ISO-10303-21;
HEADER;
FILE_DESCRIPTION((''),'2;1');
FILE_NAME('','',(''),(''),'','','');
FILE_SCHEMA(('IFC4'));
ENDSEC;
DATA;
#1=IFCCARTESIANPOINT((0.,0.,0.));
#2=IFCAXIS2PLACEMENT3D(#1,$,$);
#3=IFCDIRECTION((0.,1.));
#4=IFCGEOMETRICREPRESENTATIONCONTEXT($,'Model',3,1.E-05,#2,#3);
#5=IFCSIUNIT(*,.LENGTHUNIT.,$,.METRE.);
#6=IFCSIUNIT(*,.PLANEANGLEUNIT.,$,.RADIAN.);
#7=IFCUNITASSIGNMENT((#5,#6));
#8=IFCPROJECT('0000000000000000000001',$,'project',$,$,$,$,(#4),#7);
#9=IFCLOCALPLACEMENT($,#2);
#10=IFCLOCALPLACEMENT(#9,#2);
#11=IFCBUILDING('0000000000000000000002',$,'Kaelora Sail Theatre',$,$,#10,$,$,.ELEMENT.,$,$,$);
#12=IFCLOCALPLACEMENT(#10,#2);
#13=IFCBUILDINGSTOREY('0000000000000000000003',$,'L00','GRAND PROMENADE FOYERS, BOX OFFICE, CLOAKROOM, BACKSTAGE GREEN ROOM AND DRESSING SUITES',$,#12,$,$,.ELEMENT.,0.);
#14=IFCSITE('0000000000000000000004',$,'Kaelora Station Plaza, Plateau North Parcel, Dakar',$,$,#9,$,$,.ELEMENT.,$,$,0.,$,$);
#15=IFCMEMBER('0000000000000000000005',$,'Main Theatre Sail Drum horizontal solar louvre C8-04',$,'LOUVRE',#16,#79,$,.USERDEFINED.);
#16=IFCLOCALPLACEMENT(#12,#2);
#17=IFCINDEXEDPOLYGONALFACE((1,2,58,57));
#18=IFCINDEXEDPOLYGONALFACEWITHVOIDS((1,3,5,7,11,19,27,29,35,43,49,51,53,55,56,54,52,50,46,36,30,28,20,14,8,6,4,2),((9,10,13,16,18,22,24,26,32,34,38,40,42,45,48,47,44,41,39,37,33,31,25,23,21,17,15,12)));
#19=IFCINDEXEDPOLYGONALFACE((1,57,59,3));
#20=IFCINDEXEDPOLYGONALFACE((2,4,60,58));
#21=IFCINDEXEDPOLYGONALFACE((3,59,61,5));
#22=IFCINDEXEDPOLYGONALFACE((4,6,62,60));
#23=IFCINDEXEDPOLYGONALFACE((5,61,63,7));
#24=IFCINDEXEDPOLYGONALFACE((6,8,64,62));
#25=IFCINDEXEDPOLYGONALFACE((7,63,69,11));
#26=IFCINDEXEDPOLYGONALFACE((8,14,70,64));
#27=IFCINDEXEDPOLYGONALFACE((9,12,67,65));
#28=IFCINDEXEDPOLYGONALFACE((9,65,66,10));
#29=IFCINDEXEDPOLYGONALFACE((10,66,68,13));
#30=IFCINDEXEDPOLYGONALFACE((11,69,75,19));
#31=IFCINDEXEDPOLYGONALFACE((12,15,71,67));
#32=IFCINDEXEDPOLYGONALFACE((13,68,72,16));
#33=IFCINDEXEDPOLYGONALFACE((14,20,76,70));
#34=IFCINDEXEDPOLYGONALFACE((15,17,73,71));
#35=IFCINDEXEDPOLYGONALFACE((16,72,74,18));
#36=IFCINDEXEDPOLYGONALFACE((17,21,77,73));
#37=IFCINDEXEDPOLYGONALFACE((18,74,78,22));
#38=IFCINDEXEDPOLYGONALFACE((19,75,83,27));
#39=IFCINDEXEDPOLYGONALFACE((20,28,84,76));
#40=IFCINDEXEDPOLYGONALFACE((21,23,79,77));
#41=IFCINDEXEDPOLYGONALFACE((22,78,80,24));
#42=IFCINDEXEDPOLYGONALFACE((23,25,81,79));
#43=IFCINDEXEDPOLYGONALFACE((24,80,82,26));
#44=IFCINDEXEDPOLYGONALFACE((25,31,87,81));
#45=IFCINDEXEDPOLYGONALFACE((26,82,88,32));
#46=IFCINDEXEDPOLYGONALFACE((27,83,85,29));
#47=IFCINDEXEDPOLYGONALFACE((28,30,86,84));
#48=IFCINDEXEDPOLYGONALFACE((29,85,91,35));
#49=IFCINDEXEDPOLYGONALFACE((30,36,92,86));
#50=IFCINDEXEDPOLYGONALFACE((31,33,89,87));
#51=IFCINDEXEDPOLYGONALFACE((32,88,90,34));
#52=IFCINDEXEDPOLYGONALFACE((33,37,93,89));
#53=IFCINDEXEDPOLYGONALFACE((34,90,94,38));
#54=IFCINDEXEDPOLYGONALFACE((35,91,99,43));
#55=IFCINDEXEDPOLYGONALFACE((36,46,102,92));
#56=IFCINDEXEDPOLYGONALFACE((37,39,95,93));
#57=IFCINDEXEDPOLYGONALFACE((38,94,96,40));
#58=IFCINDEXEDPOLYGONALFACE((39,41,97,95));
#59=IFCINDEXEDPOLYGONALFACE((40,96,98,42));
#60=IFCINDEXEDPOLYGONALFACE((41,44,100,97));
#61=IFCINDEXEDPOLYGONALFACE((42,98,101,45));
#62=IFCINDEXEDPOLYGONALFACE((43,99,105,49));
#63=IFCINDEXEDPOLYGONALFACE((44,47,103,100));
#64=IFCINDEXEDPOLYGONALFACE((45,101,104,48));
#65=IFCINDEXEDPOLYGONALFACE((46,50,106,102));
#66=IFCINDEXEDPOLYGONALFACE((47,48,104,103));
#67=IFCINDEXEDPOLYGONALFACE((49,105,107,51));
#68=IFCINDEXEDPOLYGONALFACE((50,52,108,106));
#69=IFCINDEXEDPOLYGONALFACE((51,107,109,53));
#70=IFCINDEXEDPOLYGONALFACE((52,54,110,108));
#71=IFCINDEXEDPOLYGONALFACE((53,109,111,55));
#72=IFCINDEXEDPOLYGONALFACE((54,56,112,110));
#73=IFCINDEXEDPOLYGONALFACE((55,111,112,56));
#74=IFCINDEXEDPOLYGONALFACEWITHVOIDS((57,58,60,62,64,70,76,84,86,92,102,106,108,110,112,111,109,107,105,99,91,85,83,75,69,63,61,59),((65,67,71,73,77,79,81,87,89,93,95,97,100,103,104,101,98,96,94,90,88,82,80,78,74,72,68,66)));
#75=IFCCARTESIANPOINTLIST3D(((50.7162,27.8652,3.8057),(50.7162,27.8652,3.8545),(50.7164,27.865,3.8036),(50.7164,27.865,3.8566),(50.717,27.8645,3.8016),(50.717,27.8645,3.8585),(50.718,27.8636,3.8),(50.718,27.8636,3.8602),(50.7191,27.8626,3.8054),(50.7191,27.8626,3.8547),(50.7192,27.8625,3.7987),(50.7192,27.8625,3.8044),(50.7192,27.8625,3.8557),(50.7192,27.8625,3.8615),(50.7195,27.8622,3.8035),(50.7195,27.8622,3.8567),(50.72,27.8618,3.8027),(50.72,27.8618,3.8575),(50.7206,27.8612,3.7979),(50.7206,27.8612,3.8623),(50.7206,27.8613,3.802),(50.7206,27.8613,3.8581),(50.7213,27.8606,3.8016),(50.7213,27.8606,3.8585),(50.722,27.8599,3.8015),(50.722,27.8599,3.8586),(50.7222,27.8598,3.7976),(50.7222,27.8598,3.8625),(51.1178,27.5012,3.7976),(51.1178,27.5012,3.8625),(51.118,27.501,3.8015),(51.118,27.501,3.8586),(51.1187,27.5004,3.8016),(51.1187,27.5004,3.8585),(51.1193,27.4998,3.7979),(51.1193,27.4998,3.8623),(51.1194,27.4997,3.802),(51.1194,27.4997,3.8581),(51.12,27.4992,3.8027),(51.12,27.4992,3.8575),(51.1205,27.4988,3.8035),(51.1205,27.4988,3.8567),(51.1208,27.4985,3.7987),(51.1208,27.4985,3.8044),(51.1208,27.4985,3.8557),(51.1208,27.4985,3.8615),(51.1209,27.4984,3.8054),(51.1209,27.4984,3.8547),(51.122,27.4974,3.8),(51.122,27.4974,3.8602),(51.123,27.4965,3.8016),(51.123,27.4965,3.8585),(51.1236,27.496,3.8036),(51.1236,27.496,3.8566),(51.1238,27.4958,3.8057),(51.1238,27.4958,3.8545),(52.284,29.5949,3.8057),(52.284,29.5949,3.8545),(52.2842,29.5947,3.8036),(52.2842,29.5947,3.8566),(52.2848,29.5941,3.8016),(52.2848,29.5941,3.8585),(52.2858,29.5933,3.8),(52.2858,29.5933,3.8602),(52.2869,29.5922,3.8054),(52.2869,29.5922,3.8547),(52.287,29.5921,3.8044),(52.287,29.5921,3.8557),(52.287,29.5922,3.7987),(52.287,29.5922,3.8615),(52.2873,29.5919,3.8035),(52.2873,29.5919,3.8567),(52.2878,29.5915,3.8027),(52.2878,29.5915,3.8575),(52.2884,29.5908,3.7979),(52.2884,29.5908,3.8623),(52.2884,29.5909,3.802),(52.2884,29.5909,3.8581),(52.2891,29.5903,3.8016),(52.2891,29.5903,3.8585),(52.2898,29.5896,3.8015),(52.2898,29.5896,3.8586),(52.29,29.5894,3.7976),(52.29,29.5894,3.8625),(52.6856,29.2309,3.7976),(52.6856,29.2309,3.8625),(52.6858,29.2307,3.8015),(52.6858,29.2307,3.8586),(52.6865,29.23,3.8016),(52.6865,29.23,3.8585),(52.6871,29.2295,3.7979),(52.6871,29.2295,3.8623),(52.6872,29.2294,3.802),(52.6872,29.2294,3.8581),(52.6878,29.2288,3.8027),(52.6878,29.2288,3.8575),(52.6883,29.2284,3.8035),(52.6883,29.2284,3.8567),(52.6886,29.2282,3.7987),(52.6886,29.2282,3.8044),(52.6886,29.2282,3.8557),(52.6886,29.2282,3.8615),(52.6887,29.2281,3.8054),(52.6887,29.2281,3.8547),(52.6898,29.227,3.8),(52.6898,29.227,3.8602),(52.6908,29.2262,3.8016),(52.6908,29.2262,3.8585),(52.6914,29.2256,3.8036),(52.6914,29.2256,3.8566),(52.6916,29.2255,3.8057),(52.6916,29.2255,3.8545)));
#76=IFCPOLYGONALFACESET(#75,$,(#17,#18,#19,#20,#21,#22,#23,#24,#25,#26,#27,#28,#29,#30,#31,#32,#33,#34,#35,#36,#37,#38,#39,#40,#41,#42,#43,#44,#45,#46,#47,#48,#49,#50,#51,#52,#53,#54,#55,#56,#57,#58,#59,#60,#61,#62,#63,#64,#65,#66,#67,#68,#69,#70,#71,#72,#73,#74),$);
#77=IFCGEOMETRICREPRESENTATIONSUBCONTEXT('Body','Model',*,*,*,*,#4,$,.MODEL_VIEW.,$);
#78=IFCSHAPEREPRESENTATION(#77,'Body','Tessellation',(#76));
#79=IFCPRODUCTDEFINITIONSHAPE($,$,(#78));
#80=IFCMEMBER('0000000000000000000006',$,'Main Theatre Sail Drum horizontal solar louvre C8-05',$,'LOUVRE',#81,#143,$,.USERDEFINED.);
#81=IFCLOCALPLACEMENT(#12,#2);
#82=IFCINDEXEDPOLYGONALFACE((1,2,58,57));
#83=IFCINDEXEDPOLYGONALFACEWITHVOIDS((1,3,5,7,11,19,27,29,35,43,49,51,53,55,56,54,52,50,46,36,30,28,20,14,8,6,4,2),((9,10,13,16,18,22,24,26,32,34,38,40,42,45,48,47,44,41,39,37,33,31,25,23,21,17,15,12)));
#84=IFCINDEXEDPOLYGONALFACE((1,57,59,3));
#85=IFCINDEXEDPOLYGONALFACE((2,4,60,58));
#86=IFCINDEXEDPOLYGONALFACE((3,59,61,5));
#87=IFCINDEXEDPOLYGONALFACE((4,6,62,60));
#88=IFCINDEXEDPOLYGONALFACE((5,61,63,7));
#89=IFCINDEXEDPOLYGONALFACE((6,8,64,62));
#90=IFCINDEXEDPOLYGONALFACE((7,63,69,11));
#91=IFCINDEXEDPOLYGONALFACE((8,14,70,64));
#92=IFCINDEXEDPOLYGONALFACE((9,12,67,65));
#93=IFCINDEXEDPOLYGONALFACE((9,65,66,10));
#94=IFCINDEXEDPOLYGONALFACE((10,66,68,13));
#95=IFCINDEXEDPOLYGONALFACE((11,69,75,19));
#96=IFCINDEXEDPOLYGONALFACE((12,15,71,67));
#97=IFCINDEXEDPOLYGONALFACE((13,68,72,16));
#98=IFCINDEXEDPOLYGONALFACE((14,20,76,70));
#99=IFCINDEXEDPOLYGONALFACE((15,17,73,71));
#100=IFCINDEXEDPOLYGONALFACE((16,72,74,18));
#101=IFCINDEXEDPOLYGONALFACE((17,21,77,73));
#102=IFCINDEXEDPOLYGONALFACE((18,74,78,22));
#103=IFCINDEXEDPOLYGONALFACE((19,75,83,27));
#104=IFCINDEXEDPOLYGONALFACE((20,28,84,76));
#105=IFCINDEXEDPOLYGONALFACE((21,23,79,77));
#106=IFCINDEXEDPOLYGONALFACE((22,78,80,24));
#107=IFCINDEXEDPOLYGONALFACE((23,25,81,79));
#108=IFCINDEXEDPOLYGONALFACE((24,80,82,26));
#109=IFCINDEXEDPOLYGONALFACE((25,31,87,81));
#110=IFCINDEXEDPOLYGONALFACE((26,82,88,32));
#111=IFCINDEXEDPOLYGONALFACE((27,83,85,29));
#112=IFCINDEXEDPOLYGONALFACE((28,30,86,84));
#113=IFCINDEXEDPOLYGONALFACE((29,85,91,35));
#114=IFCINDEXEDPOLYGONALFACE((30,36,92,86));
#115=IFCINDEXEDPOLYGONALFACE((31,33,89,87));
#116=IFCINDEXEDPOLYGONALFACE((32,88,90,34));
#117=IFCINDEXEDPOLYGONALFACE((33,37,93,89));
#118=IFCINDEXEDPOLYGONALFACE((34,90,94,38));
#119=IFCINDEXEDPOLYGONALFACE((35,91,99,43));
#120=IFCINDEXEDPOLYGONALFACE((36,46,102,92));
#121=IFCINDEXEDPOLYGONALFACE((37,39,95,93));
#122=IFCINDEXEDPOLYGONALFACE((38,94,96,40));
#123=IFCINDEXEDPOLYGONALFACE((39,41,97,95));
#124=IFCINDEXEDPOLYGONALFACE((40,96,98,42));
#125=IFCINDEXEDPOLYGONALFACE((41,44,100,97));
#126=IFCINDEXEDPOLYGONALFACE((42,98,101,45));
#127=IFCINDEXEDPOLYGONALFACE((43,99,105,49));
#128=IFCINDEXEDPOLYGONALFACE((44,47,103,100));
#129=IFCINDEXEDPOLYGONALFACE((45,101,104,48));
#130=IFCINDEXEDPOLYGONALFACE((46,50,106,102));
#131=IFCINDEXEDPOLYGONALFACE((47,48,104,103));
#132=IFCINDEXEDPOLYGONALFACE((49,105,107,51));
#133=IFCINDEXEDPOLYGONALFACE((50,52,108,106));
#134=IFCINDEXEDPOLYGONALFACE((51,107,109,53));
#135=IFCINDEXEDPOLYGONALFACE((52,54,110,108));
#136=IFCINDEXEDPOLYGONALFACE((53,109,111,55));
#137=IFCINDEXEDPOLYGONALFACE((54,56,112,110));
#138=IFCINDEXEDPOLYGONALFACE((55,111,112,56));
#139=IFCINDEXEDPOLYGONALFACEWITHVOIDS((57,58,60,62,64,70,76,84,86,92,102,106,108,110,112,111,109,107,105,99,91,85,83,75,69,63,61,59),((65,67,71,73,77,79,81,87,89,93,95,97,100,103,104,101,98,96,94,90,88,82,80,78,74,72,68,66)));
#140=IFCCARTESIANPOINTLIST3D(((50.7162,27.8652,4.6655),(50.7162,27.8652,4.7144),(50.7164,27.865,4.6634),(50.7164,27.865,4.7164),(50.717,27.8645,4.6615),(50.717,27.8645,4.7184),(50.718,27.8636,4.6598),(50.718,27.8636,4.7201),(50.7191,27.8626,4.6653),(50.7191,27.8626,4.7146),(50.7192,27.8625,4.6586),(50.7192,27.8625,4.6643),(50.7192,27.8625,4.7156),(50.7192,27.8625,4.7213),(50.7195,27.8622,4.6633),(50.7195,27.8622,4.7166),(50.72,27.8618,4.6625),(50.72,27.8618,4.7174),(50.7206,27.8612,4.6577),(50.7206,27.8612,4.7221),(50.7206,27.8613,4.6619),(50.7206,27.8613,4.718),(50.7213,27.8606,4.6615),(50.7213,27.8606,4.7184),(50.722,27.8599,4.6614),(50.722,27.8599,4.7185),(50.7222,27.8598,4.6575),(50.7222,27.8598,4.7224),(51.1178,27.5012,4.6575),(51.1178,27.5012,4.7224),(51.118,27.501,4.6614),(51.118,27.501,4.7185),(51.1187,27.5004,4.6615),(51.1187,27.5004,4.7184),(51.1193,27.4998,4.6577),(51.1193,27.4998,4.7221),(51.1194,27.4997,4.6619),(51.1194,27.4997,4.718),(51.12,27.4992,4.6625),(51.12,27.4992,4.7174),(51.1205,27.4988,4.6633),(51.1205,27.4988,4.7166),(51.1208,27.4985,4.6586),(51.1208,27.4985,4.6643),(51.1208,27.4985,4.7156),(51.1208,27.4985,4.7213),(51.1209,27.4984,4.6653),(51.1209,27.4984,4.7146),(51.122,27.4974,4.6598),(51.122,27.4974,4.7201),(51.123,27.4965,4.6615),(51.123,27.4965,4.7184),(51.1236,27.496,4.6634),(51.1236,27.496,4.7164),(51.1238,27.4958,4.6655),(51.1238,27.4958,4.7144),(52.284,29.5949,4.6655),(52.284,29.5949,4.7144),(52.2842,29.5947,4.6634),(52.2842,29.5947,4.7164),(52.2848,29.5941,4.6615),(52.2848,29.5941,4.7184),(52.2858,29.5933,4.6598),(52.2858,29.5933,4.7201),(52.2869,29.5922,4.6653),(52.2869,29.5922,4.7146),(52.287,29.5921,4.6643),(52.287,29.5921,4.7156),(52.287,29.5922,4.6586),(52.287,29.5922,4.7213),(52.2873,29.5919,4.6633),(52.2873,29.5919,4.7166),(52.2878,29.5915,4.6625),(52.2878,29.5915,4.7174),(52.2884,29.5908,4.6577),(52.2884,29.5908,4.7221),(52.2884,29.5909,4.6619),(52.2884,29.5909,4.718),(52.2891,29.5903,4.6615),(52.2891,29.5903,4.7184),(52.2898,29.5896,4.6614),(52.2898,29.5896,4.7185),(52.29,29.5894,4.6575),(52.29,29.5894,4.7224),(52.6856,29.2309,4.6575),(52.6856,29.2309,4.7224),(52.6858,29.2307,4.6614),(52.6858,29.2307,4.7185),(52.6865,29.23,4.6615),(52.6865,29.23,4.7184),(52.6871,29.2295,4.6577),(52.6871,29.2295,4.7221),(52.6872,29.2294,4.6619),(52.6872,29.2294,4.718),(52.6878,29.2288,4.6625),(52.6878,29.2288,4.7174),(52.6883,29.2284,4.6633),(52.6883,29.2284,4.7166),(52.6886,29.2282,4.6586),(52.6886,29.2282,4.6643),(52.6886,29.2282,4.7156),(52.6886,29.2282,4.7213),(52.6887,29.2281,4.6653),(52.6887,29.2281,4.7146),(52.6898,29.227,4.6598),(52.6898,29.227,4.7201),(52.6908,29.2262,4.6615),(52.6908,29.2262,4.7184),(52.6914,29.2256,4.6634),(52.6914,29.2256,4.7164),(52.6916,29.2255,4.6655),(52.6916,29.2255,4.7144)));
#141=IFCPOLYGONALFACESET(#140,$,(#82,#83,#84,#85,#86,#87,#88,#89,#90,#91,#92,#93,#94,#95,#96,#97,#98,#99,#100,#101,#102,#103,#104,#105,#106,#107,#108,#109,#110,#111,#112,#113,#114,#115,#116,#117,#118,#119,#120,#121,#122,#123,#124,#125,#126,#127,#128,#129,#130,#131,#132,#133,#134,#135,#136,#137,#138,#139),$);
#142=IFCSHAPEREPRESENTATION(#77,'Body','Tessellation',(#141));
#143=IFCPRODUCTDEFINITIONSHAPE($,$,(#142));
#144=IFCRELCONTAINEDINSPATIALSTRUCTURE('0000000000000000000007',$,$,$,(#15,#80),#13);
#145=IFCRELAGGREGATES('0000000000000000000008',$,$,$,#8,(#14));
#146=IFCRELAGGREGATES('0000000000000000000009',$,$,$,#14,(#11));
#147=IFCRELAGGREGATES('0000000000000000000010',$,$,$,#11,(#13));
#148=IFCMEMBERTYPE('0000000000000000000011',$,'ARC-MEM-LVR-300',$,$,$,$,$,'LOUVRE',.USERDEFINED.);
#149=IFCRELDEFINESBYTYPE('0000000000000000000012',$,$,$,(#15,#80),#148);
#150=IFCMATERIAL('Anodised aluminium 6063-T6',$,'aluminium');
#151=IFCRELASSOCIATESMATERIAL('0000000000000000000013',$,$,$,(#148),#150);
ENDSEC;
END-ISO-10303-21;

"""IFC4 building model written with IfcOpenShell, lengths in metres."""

from ifc_helpers import new_model, si_unit, direction, frame, origin, origin_2d, place, context, subcontext, project, spatial, hollow_rectangle, extrude, material, material_profile, profile_set, type_object, element, save


model = new_model("IFC4")

# Units and contexts
model_context = context("Model", 3, precision=1e-05, world=origin(), true_north=direction((0.0, 1.0)))
body_context = subcontext(model_context, "Body", "Model", "MODEL_VIEW")
ifc_project = project(units=[si_unit("LENGTHUNIT", "METRE"), si_unit("PLANEANGLEUNIT", "RADIAN")], contexts=[model_context])

# Site, building, storey
site_placement = place(None, origin())
site = spatial("IfcSite", under=ifc_project, at=site_placement, Name="Kaelora Station Plaza, Plateau North Parcel, Dakar", CompositionType="ELEMENT", RefElevation=0.0)
building_placement = place(site_placement, origin())
building = spatial("IfcBuilding", under=site, at=building_placement, Name="Kaelora Sail Theatre", CompositionType="ELEMENT")
storey_placement = place(building_placement, origin())
storey = spatial("IfcBuildingStorey", under=building, at=storey_placement, Name="L00", Description="GRAND PROMENADE FOYERS, BOX OFFICE, CLOAKROOM, BACKSTAGE GREEN ROOM AND DRESSING SUITES", CompositionType="ELEMENT", Elevation=0.0)

# Members
ifc_material_1 = material(Name="Anodised aluminium 6063-T6", Category="aluminium")
ifc_material_profile_1 = material_profile(ifc_material_1, hollow_rectangle(XDim=0.55, YDim=0.0649, WallThickness=0.0039, InnerFilletRadius=0.0039, OuterFilletRadius=0.0081, at=origin_2d()), Name="LOUVRE 550x65x4")
ifc_profile_set_1 = profile_set([ifc_material_profile_1], Name="Anodised aluminium 6063-T6")
member_type_1 = type_object("IfcMemberType", Name="ARC-MEM-LVR-300", ElementType="LOUVRE", PredefinedType="USERDEFINED", material=ifc_profile_set_1)
for number, where, z_axis, x_axis, name in (
    (1, (52.4878, 29.4102, 3.8301), (-0.671589, -0.740924, 0.0), (0.740924, -0.671589, 0.0), "Main Theatre Sail Drum horizontal solar louvre C8-04"),
    (2, (52.4878, 29.4102, 4.6899), (-0.671589, -0.740924, 0.0), (0.740924, -0.671589, 0.0), "Main Theatre Sail Drum horizontal solar louvre C8-05"),
):
    element("IfcMember", number, at=place(storey_placement, frame(where, z_axis=z_axis, x_axis=x_axis)), inside=storey, type_object=member_type_1, Name=name, ObjectType="LOUVRE", PredefinedType="USERDEFINED", context=body_context, shape_type="SweptSolid", body=[
        extrude(hollow_rectangle(XDim=0.55, YDim=0.0649, WallThickness=0.0039, InnerFilletRadius=0.0039, OuterFilletRadius=0.0081, at=origin_2d()), origin(), (0.0, 0.0, 1.0), 2.3345),
    ])

save(model, "model.ifc")
